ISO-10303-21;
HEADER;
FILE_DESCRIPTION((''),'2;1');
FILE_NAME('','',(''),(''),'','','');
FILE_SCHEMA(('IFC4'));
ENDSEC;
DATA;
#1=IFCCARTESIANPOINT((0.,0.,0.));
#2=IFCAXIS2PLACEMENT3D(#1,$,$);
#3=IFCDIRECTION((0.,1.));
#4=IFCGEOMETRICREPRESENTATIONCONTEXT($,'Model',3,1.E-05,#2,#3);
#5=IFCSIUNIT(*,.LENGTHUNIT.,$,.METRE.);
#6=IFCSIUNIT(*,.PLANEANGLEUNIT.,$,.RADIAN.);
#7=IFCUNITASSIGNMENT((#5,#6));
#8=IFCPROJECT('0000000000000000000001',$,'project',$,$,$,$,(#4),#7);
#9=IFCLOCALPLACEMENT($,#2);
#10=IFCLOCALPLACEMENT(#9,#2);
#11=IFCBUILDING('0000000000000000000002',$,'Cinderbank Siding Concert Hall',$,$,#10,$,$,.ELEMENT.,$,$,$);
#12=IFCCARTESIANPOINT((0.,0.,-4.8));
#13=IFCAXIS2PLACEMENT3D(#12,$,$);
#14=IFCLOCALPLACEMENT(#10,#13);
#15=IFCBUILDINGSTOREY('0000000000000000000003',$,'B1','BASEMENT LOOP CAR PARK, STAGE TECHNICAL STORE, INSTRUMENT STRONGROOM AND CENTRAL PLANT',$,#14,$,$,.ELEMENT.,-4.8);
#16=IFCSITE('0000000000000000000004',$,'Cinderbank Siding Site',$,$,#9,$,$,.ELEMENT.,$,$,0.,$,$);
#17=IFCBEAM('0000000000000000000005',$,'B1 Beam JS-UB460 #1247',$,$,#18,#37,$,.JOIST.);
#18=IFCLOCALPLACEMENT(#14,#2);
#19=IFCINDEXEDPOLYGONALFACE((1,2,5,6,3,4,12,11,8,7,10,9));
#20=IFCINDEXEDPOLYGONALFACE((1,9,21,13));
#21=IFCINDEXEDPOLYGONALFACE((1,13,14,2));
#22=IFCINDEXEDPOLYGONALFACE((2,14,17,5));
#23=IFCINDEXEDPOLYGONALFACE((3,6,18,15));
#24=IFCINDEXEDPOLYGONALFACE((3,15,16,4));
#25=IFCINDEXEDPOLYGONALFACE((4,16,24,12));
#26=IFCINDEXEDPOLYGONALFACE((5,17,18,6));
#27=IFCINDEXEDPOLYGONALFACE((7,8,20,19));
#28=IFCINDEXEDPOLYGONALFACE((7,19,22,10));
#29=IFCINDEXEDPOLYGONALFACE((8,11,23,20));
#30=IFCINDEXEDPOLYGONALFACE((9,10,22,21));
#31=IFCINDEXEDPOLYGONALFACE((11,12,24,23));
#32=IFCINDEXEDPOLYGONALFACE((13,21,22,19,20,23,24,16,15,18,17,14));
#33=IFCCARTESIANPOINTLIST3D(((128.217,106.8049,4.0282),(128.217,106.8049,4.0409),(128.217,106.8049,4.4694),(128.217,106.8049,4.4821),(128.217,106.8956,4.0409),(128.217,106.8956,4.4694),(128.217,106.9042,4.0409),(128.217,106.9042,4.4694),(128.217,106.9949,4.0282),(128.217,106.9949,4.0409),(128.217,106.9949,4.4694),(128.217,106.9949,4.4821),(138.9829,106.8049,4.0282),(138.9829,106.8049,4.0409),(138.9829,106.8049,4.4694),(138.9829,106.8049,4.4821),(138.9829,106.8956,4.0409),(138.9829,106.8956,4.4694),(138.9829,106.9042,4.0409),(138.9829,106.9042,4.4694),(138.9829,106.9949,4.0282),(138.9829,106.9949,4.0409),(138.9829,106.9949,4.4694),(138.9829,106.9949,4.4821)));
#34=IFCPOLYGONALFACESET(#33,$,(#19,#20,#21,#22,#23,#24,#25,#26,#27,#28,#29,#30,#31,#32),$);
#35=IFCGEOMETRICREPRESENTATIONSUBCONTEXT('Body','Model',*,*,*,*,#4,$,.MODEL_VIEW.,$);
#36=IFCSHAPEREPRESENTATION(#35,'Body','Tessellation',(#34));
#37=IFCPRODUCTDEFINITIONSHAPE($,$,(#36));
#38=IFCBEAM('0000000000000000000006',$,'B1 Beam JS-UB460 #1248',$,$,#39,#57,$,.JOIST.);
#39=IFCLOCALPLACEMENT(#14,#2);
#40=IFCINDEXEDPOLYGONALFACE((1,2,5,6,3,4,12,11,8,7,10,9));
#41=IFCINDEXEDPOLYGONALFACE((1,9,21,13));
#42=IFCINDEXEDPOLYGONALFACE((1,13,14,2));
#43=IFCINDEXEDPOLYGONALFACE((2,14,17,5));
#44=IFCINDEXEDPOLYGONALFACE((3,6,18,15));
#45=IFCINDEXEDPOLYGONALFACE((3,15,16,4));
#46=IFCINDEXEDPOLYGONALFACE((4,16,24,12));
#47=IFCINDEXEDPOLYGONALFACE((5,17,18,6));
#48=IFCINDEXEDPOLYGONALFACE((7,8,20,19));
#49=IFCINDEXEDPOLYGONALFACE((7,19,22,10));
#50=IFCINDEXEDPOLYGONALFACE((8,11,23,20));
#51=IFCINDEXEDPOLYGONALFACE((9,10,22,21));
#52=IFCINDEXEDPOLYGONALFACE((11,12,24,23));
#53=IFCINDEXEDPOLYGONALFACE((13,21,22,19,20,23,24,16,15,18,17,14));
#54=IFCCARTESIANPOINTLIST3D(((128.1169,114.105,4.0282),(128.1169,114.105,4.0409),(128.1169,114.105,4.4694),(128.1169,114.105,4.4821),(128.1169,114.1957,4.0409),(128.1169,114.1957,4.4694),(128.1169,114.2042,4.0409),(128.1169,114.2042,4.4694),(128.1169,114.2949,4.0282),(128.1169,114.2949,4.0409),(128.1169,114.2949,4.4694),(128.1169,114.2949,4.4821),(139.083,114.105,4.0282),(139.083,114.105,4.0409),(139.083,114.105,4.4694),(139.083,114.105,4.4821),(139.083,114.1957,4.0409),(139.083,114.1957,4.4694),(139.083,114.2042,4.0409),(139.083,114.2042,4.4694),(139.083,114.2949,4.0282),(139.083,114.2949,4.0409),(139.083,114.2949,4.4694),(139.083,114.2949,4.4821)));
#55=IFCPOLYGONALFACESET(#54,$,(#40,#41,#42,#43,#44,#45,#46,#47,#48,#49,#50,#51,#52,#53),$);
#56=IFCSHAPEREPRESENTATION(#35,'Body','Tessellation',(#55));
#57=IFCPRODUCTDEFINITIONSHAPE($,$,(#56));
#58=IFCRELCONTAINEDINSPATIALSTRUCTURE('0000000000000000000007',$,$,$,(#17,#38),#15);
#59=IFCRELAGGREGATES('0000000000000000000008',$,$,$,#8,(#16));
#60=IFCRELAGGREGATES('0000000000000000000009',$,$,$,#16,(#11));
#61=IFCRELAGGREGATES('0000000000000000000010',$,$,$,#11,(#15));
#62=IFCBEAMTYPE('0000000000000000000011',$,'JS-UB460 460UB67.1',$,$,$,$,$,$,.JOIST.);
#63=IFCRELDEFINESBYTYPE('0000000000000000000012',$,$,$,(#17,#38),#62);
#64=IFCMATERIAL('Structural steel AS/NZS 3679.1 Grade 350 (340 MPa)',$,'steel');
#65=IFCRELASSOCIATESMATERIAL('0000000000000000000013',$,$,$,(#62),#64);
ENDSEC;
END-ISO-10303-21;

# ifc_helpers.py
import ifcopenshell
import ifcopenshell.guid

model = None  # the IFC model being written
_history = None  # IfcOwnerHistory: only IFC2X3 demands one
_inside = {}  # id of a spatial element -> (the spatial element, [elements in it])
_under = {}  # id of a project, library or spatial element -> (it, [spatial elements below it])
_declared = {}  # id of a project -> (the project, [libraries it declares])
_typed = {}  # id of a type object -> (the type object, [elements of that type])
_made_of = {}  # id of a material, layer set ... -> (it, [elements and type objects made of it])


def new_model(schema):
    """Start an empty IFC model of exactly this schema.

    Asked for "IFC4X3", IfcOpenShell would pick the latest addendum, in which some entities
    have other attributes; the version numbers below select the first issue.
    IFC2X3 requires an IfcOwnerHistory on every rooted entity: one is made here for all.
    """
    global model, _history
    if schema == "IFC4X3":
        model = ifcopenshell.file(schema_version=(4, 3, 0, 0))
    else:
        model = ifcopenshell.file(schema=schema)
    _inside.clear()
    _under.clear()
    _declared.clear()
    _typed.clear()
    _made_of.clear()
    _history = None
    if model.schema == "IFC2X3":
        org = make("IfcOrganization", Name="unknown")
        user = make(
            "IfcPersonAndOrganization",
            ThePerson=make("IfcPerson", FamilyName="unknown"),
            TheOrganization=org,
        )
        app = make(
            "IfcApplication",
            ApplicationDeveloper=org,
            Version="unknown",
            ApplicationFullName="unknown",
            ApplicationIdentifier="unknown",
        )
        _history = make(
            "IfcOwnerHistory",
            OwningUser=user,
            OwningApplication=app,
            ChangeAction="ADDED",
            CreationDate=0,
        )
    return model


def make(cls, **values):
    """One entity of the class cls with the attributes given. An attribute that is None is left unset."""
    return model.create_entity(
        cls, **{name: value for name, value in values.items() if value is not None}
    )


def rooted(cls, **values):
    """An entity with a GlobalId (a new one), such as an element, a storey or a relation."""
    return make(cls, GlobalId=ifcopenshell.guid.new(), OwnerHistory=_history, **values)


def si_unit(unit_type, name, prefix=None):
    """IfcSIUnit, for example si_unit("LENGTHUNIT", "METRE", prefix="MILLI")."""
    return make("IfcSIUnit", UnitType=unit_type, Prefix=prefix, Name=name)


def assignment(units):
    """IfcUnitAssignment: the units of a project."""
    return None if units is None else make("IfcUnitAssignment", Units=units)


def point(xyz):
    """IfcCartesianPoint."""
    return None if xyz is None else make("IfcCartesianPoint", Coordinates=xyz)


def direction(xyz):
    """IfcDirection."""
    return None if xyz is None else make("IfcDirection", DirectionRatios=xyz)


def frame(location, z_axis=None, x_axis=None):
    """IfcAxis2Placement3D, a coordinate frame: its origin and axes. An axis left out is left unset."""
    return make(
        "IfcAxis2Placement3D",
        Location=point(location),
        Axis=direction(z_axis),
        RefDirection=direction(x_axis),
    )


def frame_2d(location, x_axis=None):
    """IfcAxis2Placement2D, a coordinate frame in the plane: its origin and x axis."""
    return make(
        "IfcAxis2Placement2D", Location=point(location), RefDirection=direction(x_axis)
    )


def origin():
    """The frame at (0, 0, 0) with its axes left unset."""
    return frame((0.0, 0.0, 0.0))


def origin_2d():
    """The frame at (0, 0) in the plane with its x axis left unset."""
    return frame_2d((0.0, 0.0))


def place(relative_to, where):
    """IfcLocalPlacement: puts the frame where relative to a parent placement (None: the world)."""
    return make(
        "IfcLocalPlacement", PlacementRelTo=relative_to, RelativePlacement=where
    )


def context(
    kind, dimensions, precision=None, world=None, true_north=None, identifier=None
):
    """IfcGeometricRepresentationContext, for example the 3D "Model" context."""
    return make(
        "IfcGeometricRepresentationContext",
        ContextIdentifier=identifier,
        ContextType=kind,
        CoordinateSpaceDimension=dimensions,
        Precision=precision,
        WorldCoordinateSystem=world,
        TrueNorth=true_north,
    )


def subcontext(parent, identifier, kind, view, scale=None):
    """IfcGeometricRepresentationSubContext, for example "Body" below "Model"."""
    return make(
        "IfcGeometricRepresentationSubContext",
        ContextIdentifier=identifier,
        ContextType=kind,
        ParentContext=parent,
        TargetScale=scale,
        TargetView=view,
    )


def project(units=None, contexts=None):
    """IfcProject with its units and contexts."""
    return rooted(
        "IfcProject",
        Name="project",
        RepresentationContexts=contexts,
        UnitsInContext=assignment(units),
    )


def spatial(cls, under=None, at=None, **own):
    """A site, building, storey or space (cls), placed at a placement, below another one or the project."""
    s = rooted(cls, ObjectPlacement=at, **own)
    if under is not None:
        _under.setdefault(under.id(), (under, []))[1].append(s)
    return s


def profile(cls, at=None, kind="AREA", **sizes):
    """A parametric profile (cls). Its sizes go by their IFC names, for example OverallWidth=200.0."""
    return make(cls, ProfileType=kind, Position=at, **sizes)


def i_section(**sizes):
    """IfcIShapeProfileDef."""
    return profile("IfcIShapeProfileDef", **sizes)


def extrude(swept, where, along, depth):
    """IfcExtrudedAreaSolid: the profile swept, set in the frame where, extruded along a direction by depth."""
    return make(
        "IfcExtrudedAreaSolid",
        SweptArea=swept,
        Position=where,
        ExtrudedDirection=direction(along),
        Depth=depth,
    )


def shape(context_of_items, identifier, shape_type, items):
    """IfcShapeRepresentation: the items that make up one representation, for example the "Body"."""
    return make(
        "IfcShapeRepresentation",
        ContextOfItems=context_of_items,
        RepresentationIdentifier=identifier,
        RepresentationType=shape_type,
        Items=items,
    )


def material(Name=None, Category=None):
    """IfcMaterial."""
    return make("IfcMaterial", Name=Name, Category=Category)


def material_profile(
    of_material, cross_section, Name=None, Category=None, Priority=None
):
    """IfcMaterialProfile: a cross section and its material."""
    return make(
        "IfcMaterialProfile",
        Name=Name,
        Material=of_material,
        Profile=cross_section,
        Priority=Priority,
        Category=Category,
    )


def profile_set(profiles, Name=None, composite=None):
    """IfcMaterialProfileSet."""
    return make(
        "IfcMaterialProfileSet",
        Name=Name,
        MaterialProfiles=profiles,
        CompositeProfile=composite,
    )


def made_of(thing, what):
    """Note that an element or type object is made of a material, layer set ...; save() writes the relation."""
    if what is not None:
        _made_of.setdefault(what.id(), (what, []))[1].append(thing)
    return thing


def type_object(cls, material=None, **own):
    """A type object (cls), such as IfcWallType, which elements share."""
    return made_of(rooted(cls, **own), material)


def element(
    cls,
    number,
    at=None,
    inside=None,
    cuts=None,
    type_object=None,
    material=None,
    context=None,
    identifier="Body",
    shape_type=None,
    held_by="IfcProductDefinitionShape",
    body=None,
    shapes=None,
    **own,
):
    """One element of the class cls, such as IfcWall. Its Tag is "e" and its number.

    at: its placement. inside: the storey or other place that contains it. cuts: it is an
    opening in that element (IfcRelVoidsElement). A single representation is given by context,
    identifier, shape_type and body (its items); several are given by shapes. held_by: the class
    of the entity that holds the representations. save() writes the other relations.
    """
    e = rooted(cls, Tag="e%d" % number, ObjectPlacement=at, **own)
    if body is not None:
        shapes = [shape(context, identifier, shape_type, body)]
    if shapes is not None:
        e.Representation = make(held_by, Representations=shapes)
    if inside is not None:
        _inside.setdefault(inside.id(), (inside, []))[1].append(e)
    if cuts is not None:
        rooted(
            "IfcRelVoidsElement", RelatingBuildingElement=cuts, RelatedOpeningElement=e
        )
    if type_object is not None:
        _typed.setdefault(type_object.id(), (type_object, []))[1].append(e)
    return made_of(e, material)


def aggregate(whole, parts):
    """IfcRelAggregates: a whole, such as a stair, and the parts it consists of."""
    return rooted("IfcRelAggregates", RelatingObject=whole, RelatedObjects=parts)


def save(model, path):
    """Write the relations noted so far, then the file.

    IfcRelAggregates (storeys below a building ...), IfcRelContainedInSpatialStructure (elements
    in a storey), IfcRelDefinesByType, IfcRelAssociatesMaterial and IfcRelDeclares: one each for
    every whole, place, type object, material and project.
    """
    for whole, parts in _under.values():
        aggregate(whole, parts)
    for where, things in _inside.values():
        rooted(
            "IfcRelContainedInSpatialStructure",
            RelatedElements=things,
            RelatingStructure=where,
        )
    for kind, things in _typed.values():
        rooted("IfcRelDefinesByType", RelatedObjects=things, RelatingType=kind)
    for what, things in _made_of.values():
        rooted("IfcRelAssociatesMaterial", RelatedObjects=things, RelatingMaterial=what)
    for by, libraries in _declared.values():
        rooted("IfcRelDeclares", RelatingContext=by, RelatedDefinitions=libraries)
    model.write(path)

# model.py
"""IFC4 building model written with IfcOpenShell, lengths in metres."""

from ifc_helpers import new_model, si_unit, direction, frame, origin, origin_2d, place, context, subcontext, project, spatial, i_section, extrude, material, material_profile, profile_set, type_object, element, save


model = new_model("IFC4")

# Units and contexts
model_context = context("Model", 3, precision=1e-05, world=origin(), true_north=direction((0.0, 1.0)))
body_context = subcontext(model_context, "Body", "Model", "MODEL_VIEW")
ifc_project = project(units=[si_unit("LENGTHUNIT", "METRE"), si_unit("PLANEANGLEUNIT", "RADIAN")], contexts=[model_context])

# Site, building, storey
site_placement = place(None, origin())
site = spatial("IfcSite", under=ifc_project, at=site_placement, Name="Cinderbank Siding Site", CompositionType="ELEMENT", RefElevation=0.0)
building_placement = place(site_placement, origin())
building = spatial("IfcBuilding", under=site, at=building_placement, Name="Cinderbank Siding Concert Hall", CompositionType="ELEMENT")
storey_placement = place(building_placement, frame((0.0, 0.0, -4.8)))
storey = spatial("IfcBuildingStorey", under=building, at=storey_placement, Name="B1", Description="BASEMENT LOOP CAR PARK, STAGE TECHNICAL STORE, INSTRUMENT STRONGROOM AND CENTRAL PLANT", CompositionType="ELEMENT", Elevation=-4.8)

# Beams
ifc_material_1 = material(Name="Structural steel AS/NZS 3679.1 Grade 350 (340 MPa)", Category="steel")
ifc_material_profile_1 = material_profile(ifc_material_1, i_section(OverallWidth=0.1899, OverallDepth=0.4539, WebThickness=0.0085, FlangeThickness=0.0127, at=origin_2d()), Name="460UB67.1", Category="LoadBearing")
ifc_profile_set_1 = profile_set([ifc_material_profile_1], Name="Structural steel AS/NZS 3679.1 Grade 350 (340 MPa)")
beam_type_1 = type_object("IfcBeamType", Name="JS-UB460 460UB67.1", PredefinedType="JOIST", material=ifc_profile_set_1)
beam_1_placement = place(storey_placement, frame((128.217, 106.8999, 4.2551), z_axis=(1.0, 0.0, 0.0), x_axis=(0.0, 1.0, 0.0)))
element("IfcBeam", 1, at=beam_1_placement, inside=storey, type_object=beam_type_1, Name="B1 Beam JS-UB460 #1247", PredefinedType="JOIST", context=body_context, shape_type="SweptSolid", body=[
    extrude(i_section(OverallWidth=0.1899, OverallDepth=0.4539, WebThickness=0.0085, FlangeThickness=0.0127, at=origin_2d()), origin(), (0.0, 0.0, 1.0), 10.7659),
])
beam_2_placement = place(storey_placement, frame((128.1169, 114.2, 4.2551), z_axis=(1.0, 0.0, 0.0), x_axis=(0.0, 1.0, 0.0)))
element("IfcBeam", 2, at=beam_2_placement, inside=storey, type_object=beam_type_1, Name="B1 Beam JS-UB460 #1248", PredefinedType="JOIST", context=body_context, shape_type="SweptSolid", body=[
    extrude(i_section(OverallWidth=0.1899, OverallDepth=0.4539, WebThickness=0.0085, FlangeThickness=0.0127, at=origin_2d()), origin(), (0.0, 0.0, 1.0), 10.9661),
])

save(model, "model.ifc")
